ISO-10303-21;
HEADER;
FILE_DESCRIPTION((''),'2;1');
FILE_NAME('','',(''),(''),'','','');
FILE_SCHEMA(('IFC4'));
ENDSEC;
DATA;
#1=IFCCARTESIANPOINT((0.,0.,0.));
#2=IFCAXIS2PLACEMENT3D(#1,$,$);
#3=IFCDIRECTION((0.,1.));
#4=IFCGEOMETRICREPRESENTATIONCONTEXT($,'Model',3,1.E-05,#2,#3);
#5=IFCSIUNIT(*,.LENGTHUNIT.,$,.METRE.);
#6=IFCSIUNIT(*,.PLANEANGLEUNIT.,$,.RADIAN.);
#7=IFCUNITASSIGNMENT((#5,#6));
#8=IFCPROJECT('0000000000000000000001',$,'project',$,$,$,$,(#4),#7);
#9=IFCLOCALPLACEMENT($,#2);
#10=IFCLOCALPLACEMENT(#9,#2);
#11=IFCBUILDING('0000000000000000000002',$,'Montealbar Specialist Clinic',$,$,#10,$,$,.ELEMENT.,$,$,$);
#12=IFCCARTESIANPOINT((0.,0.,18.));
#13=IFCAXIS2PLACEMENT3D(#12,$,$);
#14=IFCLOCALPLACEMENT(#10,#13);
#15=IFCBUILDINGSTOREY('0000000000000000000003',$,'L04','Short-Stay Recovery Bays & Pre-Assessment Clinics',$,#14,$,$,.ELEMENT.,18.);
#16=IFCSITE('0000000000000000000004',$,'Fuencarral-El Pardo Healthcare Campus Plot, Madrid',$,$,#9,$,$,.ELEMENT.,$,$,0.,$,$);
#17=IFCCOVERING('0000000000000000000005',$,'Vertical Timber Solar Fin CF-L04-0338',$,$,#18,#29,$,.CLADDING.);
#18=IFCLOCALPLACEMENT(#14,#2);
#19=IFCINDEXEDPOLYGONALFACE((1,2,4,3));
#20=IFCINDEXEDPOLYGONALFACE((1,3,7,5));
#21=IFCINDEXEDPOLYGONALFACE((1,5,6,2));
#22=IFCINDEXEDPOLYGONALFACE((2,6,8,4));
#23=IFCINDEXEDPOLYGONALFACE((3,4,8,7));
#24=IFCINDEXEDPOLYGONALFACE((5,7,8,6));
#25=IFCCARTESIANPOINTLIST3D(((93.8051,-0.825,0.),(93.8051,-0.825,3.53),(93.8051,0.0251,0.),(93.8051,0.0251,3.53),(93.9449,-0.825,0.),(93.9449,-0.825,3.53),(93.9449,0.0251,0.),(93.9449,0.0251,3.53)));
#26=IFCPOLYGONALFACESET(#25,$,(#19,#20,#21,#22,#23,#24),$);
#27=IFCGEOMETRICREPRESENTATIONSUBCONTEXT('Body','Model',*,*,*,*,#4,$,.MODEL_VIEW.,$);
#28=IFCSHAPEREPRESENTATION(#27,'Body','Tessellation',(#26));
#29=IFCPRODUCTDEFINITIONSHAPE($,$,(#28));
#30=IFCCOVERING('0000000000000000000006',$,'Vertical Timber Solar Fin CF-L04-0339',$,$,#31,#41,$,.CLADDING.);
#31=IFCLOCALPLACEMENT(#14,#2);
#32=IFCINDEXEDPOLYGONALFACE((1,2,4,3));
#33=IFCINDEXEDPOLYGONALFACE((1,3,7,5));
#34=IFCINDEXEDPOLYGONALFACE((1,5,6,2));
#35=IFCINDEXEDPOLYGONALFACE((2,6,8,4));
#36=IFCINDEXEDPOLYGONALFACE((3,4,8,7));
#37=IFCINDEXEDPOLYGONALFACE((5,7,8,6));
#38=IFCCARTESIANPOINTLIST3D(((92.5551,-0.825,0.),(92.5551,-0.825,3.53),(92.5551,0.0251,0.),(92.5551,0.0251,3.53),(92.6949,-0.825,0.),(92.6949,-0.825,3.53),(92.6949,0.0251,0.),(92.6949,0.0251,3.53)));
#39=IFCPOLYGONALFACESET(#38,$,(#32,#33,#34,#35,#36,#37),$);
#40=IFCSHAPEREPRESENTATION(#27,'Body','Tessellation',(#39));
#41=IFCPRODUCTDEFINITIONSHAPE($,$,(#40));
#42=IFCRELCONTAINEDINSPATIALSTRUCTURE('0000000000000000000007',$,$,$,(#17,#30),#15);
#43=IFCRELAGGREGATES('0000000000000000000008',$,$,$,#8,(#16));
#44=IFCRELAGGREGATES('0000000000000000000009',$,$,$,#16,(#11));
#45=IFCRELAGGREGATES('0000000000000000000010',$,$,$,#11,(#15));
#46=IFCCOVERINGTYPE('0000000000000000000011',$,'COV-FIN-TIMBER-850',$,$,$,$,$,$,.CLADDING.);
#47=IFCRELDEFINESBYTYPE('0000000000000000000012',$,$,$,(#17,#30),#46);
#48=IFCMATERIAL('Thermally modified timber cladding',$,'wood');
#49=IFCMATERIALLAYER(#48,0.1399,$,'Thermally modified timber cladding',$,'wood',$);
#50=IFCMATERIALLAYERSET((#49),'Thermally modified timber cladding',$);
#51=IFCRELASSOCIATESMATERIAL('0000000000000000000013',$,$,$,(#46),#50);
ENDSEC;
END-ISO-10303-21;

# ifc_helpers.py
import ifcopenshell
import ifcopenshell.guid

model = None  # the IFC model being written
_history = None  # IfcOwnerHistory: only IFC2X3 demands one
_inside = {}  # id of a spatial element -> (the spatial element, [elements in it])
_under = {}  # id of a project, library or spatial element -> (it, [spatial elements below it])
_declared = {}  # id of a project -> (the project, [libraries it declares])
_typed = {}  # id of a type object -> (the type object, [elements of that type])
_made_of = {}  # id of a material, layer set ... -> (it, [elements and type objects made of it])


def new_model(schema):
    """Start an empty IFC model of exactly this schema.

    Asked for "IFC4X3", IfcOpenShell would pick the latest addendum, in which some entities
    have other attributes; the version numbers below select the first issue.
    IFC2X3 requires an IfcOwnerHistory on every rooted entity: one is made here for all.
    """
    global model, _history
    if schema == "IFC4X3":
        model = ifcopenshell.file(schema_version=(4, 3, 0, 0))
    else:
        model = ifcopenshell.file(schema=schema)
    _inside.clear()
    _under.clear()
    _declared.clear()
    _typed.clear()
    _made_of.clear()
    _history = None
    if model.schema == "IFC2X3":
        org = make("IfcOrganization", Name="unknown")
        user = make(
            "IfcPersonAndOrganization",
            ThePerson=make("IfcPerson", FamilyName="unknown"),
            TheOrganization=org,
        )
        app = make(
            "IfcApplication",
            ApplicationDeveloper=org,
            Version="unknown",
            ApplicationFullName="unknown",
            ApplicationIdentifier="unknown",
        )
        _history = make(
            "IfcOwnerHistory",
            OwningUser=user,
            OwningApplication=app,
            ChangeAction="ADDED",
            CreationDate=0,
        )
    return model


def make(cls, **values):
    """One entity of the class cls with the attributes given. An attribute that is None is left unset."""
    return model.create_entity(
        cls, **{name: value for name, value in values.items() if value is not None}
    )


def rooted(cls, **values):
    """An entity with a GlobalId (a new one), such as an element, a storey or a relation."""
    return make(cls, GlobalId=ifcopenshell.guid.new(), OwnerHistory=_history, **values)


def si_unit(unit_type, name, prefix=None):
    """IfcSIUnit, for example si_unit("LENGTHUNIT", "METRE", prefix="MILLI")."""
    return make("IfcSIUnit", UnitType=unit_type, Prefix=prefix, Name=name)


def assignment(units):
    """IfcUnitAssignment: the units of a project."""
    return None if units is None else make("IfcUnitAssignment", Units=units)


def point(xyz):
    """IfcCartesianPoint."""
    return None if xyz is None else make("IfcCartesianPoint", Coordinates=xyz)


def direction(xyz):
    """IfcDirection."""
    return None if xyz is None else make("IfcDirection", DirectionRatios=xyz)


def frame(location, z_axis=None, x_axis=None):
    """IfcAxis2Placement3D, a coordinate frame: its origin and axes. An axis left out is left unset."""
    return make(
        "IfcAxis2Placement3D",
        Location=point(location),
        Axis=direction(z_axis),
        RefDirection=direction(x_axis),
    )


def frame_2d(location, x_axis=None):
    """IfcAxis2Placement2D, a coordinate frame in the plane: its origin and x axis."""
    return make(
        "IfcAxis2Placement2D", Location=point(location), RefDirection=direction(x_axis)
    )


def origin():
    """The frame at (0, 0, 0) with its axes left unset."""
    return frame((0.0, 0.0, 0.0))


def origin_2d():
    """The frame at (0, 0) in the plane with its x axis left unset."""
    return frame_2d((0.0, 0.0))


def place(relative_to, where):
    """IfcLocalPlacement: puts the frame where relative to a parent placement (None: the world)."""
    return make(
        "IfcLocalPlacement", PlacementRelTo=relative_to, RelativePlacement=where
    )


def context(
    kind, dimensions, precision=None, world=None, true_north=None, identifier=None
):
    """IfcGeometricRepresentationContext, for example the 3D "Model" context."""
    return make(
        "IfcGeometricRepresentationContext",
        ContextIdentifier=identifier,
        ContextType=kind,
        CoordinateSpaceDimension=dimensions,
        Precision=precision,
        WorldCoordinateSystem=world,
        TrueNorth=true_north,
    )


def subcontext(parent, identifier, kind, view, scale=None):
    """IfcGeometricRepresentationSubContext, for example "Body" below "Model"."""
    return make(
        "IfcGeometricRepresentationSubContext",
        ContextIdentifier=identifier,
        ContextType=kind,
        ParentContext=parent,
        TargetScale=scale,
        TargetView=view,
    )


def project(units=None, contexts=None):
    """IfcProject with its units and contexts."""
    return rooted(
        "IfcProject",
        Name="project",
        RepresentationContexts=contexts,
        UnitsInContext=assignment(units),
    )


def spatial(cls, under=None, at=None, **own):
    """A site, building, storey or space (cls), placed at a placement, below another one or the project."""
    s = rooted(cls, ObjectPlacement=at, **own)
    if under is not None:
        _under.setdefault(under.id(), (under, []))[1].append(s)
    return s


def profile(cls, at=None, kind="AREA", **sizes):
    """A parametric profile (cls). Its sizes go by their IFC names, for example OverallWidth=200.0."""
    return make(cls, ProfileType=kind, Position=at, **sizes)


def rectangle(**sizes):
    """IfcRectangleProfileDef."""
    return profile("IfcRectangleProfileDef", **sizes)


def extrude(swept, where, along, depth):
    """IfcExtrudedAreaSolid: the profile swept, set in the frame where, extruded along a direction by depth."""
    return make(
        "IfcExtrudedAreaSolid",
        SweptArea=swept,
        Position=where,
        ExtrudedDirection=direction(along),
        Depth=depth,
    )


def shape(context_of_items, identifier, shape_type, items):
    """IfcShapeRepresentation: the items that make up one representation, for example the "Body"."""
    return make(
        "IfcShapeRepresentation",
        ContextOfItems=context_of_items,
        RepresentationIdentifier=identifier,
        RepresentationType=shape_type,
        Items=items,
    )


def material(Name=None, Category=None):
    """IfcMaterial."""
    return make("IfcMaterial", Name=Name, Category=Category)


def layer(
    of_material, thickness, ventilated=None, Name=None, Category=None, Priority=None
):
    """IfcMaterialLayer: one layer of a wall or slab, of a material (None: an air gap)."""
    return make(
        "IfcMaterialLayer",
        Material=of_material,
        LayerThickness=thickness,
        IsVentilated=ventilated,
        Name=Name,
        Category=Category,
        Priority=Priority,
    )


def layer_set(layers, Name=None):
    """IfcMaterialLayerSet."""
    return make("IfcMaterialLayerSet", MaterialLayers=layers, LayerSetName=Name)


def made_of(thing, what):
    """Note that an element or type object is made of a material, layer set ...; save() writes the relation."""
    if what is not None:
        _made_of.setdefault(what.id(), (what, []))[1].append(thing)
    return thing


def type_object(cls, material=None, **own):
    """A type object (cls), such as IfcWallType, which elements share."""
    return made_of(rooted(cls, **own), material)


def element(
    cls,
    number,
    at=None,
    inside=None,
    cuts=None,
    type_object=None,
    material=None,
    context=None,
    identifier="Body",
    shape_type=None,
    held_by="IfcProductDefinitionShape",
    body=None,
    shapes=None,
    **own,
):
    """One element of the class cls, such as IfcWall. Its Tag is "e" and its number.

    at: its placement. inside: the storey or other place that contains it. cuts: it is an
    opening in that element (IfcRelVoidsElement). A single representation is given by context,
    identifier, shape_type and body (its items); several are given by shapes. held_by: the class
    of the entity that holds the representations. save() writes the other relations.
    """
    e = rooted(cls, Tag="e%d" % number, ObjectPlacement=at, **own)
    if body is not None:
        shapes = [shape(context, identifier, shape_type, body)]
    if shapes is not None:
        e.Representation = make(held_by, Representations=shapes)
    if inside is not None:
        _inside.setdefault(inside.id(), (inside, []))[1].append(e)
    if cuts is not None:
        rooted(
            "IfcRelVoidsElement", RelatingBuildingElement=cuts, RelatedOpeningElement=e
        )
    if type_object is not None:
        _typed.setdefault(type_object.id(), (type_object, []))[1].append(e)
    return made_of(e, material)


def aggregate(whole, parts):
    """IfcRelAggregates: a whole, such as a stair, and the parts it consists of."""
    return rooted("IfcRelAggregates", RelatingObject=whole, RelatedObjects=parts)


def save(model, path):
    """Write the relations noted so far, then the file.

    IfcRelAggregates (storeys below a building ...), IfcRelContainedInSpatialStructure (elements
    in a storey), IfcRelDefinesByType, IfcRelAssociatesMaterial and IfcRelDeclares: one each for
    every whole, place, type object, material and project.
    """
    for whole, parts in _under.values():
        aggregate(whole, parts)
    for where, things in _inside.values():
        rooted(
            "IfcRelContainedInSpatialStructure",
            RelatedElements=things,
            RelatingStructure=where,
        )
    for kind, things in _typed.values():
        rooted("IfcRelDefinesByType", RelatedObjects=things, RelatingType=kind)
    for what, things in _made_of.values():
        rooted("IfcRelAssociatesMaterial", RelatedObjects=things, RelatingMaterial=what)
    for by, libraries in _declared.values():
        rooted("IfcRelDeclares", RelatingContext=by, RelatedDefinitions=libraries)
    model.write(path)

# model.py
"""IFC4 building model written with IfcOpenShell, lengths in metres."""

from ifc_helpers import new_model, si_unit, direction, frame, origin, origin_2d, place, context, subcontext, project, spatial, rectangle, extrude, material, layer, layer_set, type_object, element, save


model = new_model("IFC4")

# Units and contexts
model_context = context("Model", 3, precision=1e-05, world=origin(), true_north=direction((0.0, 1.0)))
body_context = subcontext(model_context, "Body", "Model", "MODEL_VIEW")
ifc_project = project(units=[si_unit("LENGTHUNIT", "METRE"), si_unit("PLANEANGLEUNIT", "RADIAN")], contexts=[model_context])

# Site, building, storey
site_placement = place(None, origin())
site = spatial("IfcSite", under=ifc_project, at=site_placement, Name="Fuencarral-El Pardo Healthcare Campus Plot, Madrid", CompositionType="ELEMENT", RefElevation=0.0)
building_placement = place(site_placement, origin())
building = spatial("IfcBuilding", under=site, at=building_placement, Name="Montealbar Specialist Clinic", CompositionType="ELEMENT")
storey_placement = place(building_placement, frame((0.0, 0.0, 18.0)))
storey = spatial("IfcBuildingStorey", under=building, at=storey_placement, Name="L04", Description="Short-Stay Recovery Bays & Pre-Assessment Clinics", CompositionType="ELEMENT", Elevation=18.0)

# Coverings
ifc_material_1 = material(Name="Thermally modified timber cladding", Category="wood")
ifc_layer_1 = layer(ifc_material_1, 0.1399, Name="Thermally modified timber cladding", Category="wood")
ifc_layer_set_1 = layer_set([ifc_layer_1], Name="Thermally modified timber cladding")
covering_type = type_object("IfcCoveringType", Name="COV-FIN-TIMBER-850", PredefinedType="CLADDING", material=ifc_layer_set_1)
for number, where, z_axis, x_axis, name in (
    (1, (93.875, -0.3999, 0.0), (0.0, 0.0, 1.0), (0.0, -1.0, 0.0), "Vertical Timber Solar Fin CF-L04-0338"),
    (2, (92.625, -0.3999, 0.0), (0.0, 0.0, 1.0), (0.0, -1.0, 0.0), "Vertical Timber Solar Fin CF-L04-0339"),
):
    element("IfcCovering", number, at=place(storey_placement, frame(where, z_axis=z_axis, x_axis=x_axis)), inside=storey, type_object=covering_type, Name=name, PredefinedType="CLADDING", context=body_context, shape_type="SweptSolid", body=[
        extrude(rectangle(XDim=0.8501, YDim=0.1399, at=origin_2d()), origin(), (0.0, 0.0, 1.0), 3.53),
    ])

save(model, "model.ifc")
